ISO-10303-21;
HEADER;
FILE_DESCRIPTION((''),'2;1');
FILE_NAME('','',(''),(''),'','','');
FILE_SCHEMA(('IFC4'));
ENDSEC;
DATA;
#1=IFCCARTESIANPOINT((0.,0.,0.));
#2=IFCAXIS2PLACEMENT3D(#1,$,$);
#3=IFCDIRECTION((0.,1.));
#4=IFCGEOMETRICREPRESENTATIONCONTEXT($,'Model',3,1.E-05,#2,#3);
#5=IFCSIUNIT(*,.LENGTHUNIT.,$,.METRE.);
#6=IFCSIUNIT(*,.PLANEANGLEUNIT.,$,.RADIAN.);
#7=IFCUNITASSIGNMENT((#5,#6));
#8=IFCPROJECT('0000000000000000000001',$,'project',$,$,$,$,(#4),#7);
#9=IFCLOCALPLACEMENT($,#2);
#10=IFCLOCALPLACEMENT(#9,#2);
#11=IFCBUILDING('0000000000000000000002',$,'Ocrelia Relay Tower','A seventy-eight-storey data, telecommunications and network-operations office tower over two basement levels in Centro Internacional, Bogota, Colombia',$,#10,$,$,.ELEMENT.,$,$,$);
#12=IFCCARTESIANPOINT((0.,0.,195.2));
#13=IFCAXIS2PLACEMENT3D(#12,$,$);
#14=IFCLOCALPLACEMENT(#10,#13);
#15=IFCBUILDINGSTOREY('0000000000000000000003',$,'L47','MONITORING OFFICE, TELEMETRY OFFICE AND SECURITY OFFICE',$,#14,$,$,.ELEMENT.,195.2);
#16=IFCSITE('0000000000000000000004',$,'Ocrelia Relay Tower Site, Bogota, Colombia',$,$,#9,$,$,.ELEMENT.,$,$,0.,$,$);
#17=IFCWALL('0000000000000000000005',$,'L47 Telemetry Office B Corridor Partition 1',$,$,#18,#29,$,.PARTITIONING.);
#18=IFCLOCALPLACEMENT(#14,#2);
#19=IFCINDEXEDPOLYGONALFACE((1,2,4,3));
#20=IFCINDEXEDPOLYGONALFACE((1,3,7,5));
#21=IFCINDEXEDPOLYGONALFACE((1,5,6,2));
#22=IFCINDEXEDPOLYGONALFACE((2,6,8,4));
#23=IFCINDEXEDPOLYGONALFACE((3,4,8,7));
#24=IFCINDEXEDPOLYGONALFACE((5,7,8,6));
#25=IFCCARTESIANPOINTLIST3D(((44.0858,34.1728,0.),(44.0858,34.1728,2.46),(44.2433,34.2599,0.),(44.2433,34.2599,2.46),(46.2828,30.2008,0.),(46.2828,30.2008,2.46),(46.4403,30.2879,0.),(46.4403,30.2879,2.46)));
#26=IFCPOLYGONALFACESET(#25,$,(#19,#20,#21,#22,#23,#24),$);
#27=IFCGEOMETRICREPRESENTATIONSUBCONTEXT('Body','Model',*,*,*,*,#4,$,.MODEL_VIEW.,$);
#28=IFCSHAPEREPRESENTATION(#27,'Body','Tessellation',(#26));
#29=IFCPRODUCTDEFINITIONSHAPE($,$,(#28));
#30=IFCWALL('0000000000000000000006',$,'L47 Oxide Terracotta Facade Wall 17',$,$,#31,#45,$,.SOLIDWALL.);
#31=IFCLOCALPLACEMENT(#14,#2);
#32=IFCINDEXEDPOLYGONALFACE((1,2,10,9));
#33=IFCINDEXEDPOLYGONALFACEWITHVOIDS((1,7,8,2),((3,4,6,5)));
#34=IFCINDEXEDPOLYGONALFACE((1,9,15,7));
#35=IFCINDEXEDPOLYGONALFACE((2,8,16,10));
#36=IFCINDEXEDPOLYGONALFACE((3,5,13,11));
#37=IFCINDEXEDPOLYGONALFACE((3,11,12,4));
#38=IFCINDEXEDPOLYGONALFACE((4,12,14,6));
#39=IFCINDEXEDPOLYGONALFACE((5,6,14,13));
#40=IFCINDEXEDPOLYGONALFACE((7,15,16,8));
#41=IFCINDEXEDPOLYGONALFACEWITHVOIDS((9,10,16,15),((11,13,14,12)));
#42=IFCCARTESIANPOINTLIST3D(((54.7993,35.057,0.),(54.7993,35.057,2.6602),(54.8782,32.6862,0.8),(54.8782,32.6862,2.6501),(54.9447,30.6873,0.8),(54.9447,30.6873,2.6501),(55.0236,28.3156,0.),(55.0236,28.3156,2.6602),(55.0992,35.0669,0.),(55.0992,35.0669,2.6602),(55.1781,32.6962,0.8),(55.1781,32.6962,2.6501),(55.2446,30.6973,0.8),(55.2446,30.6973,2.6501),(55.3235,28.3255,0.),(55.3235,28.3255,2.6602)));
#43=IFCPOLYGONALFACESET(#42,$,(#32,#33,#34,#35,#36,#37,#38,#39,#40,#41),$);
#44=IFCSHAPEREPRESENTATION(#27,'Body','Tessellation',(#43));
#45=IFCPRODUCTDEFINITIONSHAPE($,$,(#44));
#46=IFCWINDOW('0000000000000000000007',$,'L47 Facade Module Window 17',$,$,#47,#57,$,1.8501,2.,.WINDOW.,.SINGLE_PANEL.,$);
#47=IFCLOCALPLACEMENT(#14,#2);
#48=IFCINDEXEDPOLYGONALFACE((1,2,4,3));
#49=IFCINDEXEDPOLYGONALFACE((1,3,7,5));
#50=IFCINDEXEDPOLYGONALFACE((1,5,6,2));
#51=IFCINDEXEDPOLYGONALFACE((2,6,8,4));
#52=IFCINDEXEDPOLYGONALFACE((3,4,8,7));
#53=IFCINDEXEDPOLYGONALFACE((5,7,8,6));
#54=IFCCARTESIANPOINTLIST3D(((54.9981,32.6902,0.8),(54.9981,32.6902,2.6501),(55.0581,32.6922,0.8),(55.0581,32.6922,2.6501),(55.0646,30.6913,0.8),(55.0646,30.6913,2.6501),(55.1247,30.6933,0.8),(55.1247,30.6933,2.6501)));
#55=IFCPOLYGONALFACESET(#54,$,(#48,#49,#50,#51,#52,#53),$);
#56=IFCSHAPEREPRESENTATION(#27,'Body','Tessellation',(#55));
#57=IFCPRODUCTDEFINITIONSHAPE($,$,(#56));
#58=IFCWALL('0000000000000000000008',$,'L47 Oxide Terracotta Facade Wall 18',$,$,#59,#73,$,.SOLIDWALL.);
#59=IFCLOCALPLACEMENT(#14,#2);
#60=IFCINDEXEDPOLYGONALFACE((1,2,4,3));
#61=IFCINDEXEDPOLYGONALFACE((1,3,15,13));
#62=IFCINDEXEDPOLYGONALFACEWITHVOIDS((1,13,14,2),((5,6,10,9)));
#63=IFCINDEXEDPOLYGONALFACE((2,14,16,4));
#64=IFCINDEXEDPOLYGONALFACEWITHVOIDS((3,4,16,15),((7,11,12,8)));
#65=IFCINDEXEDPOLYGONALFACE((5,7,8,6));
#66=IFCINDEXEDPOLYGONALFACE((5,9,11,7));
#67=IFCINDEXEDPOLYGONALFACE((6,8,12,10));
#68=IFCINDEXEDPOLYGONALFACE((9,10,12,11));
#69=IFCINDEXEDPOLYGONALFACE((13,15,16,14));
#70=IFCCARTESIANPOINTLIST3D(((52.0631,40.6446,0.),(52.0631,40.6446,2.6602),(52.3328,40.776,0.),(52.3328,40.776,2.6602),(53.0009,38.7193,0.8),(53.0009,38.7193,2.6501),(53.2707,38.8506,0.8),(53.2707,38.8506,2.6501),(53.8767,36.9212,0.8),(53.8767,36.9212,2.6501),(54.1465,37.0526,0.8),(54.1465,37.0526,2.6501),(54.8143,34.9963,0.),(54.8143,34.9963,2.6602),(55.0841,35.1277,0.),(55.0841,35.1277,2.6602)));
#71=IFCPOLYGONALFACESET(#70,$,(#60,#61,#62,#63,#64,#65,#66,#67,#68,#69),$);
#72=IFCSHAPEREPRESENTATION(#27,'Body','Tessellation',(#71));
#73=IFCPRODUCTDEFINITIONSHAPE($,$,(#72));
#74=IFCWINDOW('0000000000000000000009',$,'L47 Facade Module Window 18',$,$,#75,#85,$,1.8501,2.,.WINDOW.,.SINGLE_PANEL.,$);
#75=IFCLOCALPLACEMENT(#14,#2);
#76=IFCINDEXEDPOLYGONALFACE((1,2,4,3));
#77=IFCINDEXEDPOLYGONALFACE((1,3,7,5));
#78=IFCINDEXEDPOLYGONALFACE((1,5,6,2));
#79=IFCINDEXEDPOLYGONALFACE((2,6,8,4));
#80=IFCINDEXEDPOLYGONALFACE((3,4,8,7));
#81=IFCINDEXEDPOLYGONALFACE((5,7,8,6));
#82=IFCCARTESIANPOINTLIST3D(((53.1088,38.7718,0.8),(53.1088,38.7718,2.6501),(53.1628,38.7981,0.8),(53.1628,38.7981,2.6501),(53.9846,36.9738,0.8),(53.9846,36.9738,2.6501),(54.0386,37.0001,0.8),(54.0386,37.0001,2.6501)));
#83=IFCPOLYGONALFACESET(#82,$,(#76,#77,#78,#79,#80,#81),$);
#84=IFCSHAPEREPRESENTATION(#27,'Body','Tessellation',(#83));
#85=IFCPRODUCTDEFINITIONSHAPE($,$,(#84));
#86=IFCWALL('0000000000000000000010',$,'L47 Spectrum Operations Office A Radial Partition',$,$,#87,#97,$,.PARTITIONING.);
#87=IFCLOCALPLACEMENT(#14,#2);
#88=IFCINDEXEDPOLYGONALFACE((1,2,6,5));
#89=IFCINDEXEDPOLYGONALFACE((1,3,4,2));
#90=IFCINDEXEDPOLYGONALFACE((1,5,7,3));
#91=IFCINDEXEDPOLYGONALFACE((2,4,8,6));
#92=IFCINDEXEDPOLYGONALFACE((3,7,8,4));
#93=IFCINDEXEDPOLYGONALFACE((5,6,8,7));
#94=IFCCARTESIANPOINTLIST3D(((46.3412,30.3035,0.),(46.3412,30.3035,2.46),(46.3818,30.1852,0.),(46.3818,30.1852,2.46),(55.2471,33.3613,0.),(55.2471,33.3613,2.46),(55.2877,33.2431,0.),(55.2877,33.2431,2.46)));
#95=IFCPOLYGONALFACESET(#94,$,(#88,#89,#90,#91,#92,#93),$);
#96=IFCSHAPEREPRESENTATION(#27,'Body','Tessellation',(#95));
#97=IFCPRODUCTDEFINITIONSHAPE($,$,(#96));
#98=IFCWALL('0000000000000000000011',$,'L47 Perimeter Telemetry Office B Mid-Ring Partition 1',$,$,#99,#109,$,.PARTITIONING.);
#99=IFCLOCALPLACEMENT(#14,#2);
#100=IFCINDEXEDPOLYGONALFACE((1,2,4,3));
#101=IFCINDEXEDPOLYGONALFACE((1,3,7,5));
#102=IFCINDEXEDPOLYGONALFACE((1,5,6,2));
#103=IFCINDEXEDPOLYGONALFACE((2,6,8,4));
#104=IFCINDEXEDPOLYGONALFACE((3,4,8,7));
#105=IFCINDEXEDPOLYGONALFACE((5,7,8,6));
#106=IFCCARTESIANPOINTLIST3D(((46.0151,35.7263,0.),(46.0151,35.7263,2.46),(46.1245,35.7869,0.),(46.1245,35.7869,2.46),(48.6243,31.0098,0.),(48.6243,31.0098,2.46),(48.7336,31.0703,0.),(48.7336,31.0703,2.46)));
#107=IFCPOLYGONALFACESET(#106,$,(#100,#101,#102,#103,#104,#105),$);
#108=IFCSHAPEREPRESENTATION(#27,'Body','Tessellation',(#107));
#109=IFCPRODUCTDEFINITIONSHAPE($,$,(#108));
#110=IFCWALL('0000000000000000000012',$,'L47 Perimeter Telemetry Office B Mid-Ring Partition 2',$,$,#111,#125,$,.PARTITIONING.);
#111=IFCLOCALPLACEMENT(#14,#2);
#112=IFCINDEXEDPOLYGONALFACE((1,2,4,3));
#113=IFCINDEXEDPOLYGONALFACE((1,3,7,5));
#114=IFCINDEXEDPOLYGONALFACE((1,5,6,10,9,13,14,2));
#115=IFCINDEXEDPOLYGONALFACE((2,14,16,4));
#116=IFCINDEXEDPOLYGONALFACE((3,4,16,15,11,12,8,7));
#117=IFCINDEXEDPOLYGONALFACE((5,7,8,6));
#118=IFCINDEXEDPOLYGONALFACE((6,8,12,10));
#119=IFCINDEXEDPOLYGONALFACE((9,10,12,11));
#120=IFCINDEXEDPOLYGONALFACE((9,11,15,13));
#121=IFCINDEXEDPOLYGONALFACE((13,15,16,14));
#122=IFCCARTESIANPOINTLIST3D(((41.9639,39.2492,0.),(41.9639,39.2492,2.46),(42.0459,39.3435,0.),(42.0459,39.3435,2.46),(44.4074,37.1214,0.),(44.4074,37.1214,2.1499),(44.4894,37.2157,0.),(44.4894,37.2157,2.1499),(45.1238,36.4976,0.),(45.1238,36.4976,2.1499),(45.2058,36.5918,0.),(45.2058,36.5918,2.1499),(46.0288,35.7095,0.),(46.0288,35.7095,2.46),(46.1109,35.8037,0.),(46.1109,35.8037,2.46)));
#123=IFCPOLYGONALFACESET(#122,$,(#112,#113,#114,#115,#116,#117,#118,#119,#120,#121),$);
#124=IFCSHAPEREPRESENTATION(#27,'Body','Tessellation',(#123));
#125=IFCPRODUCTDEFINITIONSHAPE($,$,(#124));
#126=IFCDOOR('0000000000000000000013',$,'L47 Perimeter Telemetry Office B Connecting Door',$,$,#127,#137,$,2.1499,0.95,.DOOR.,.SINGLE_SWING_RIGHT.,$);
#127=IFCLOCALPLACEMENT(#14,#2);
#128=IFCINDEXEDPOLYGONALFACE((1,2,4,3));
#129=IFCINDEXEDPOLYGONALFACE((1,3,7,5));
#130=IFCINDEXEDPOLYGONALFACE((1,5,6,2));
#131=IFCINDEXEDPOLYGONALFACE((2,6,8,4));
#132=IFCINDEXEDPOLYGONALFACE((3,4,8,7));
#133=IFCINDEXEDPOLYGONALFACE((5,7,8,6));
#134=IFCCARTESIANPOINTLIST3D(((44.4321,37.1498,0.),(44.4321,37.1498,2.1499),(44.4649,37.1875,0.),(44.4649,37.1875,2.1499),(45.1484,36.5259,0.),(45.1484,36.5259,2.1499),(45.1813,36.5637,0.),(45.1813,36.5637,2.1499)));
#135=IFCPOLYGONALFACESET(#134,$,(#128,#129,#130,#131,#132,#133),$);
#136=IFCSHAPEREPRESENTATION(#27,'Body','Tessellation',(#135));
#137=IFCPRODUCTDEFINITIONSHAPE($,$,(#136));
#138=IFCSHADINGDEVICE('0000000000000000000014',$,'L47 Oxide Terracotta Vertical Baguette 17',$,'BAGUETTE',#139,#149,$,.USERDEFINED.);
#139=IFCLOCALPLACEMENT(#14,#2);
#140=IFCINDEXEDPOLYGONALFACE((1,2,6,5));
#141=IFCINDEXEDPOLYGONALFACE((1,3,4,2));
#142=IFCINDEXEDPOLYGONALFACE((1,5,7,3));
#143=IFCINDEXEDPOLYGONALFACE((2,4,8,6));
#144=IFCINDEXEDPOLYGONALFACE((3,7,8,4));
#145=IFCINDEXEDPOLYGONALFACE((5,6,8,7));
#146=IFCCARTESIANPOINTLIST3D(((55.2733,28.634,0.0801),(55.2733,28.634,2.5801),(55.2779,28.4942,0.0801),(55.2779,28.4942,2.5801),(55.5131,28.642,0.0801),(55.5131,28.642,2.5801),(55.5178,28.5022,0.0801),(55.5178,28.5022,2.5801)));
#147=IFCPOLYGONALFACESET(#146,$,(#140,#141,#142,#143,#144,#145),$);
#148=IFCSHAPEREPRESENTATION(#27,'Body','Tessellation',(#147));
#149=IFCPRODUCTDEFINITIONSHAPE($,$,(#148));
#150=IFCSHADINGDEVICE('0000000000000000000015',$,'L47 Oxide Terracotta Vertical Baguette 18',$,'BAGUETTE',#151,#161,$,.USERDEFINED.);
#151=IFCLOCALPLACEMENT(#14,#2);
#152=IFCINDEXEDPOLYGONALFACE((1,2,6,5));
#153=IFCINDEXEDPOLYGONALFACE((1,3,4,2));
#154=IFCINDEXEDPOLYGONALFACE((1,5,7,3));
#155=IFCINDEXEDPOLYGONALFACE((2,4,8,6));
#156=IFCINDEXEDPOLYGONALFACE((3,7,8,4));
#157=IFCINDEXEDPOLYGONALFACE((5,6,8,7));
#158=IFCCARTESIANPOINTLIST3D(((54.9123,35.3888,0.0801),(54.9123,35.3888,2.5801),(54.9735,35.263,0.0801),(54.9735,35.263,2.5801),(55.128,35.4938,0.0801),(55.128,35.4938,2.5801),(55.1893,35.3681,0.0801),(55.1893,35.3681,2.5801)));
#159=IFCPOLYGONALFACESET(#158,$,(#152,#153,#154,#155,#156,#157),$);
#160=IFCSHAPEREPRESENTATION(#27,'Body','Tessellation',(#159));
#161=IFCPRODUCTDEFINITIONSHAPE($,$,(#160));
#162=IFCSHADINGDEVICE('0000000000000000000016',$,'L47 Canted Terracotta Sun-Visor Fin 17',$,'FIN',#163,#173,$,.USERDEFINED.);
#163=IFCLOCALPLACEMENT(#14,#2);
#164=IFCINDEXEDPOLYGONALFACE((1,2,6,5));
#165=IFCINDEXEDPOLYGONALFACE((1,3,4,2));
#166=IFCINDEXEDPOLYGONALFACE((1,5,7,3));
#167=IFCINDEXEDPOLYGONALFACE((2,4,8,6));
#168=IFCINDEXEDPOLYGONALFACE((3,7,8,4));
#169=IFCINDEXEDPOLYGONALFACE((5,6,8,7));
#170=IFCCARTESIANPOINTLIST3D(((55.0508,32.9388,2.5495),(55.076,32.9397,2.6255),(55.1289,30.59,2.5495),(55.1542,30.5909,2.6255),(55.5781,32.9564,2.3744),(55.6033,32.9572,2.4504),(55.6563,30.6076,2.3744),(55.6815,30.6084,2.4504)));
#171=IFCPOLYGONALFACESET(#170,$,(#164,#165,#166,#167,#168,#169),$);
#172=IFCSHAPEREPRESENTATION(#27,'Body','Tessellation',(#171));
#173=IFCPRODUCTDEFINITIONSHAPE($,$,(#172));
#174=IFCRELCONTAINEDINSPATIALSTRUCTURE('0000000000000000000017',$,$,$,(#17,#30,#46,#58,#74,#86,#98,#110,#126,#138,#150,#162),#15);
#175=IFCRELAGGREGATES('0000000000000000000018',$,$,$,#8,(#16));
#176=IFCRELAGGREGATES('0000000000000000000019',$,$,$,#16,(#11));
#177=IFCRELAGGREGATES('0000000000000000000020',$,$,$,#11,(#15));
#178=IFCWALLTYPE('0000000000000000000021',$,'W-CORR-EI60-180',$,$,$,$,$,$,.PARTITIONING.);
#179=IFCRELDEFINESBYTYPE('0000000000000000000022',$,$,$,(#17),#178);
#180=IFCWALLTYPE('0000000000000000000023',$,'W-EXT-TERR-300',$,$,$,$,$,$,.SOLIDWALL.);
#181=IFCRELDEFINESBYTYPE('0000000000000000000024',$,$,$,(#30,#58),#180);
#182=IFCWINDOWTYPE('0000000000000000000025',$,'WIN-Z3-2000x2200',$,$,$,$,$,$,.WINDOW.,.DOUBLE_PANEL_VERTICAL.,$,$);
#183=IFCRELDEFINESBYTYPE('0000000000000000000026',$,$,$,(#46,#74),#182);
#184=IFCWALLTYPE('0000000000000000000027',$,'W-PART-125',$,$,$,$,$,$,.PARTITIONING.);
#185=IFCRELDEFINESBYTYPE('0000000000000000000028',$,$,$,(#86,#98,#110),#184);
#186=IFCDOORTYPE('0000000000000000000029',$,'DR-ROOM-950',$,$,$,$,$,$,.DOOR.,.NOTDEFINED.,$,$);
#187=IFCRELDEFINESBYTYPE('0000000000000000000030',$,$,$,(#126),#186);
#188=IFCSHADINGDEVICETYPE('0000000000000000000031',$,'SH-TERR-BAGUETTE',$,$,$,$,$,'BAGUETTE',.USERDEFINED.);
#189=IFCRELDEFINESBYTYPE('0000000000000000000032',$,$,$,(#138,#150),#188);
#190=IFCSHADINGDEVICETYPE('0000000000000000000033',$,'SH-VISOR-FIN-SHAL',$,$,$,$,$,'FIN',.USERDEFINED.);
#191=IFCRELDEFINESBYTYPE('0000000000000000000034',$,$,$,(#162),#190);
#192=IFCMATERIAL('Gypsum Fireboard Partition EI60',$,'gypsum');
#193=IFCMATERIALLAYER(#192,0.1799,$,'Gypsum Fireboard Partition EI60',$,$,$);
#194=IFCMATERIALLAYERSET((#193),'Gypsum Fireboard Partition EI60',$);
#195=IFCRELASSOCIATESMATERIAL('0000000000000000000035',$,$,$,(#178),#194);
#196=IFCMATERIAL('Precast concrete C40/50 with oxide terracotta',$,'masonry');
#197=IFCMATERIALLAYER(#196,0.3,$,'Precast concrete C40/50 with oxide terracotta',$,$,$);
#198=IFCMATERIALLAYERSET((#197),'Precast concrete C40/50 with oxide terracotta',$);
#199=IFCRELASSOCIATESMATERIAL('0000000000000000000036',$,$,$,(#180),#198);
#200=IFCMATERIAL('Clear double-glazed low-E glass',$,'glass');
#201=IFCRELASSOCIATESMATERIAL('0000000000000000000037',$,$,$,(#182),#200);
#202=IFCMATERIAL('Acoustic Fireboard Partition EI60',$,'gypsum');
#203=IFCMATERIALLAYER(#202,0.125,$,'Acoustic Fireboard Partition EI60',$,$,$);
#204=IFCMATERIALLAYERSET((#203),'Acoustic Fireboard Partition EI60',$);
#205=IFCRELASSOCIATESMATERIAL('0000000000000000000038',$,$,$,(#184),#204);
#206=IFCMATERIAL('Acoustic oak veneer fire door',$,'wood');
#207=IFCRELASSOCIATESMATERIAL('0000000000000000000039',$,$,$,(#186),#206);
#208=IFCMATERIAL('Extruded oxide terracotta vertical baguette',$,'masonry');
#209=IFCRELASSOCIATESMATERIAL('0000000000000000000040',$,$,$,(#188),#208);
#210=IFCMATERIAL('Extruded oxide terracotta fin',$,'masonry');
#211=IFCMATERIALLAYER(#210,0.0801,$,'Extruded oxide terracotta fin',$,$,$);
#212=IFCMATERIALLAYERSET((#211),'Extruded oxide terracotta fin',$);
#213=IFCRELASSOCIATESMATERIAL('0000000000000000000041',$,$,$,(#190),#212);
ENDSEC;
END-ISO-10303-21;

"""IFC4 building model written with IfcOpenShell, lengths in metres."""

from ifc_helpers import new_model, si_unit, direction, frame, frame_2d, origin, origin_2d, place, context, subcontext, project, spatial, rectangle, extrude, material, layer, layer_set, type_object, element, fill, save


model = new_model("IFC4")

# Units and contexts
model_context = context("Model", 3, precision=1e-05, world=origin(), true_north=direction((0.0, 1.0)))
body_context = subcontext(model_context, "Body", "Model", "MODEL_VIEW")
ifc_project = project(units=[si_unit("LENGTHUNIT", "METRE"), si_unit("PLANEANGLEUNIT", "RADIAN")], contexts=[model_context])

# Site, building, storey
site_placement = place(None, origin())
site = spatial("IfcSite", under=ifc_project, at=site_placement, Name="Ocrelia Relay Tower Site, Bogota, Colombia", CompositionType="ELEMENT", RefElevation=0.0)
building_placement = place(site_placement, origin())
building = spatial("IfcBuilding", under=site, at=building_placement, Name="Ocrelia Relay Tower", Description="A seventy-eight-storey data, telecommunications and network-operations office tower over two basement levels in Centro Internacional, Bogota, Colombia", CompositionType="ELEMENT")
storey_placement = place(building_placement, frame((0.0, 0.0, 195.2)))
storey = spatial("IfcBuildingStorey", under=building, at=storey_placement, Name="L47", Description="MONITORING OFFICE, TELEMETRY OFFICE AND SECURITY OFFICE", CompositionType="ELEMENT", Elevation=195.2)

# Wall
ifc_material_1 = material(Name="Gypsum Fireboard Partition EI60", Category="gypsum")
ifc_layer_1 = layer(ifc_material_1, 0.1799, Name="Gypsum Fireboard Partition EI60")
ifc_layer_set_1 = layer_set([ifc_layer_1], Name="Gypsum Fireboard Partition EI60")
wall_type_1 = type_object("IfcWallType", Name="W-CORR-EI60-180", PredefinedType="PARTITIONING", material=ifc_layer_set_1)
wall_1_placement = place(storey_placement, frame((46.3616, 30.2444, 0.0), z_axis=(0.0, 0.0, 1.0), x_axis=(-0.484025, 0.875054, 0.0)))
element("IfcWall", 1, at=wall_1_placement, inside=storey, type_object=wall_type_1, Name="L47 Telemetry Office B Corridor Partition 1", PredefinedType="PARTITIONING", context=body_context, shape_type="SweptSolid", body=[
    extrude(rectangle(XDim=4.5391, YDim=0.1799, at=frame_2d((2.2695, 0.0))), origin(), (0.0, 0.0, 1.0), 2.46),
])

# Walls, openings, windows
ifc_material_2 = material(Name="Precast concrete C40/50 with oxide terracotta", Category="masonry")
ifc_layer_2 = layer(ifc_material_2, 0.3, Name="Precast concrete C40/50 with oxide terracotta")
ifc_layer_set_2 = layer_set([ifc_layer_2], Name="Precast concrete C40/50 with oxide terracotta")
wall_type_2 = type_object("IfcWallType", Name="W-EXT-TERR-300", PredefinedType="SOLIDWALL", material=ifc_layer_set_2)
wall_2_placement = place(storey_placement, frame((55.1736, 28.3206, 0.0), z_axis=(0.0, 0.0, 1.0), x_axis=(-0.033263, 0.999447, 0.0)))
wall_2 = element("IfcWall", 2, at=wall_2_placement, inside=storey, type_object=wall_type_2, Name="L47 Oxide Terracotta Facade Wall 17", PredefinedType="SOLIDWALL", context=body_context, shape_type="SweptSolid", body=[
    extrude(rectangle(XDim=6.7451, YDim=0.3, at=frame_2d((3.3726, 0.0))), origin(), (0.0, 0.0, 1.0), 2.6602),
])
opening_1_placement = place(wall_2_placement, frame((2.373, 0.0, 0.8)))
opening_1 = element("IfcOpeningElement", 3, at=opening_1_placement, cuts=wall_2, PredefinedType="OPENING", context=body_context, shape_type="SweptSolid", body=[
    extrude(rectangle(XDim=2.0, YDim=1.8501, at=frame_2d((1.0, 0.925))), frame((0.0, 0.1602, 0.0), z_axis=(0.0, -1.0, 0.0), x_axis=(1.0, 0.0, 0.0)), (0.0, 0.0, 1.0), 0.3201),
])
ifc_material_3 = material(Name="Clear double-glazed low-E glass", Category="glass")
window_type = type_object("IfcWindowType", Name="WIN-Z3-2000x2200", PartitioningType="DOUBLE_PANEL_VERTICAL", PredefinedType="WINDOW", material=ifc_material_3)
window_1_placement = place(opening_1_placement, origin())
window_1 = element("IfcWindow", 4, at=window_1_placement, inside=storey, type_object=window_type, Name="L47 Facade Module Window 17", OverallHeight=1.8501, OverallWidth=2.0, PartitioningType="SINGLE_PANEL", PredefinedType="WINDOW", context=body_context, shape_type="SweptSolid", body=[
    extrude(rectangle(XDim=2.0, YDim=1.8501, at=frame_2d((1.0, 0.925))), frame((0.0, 0.03, 0.0), z_axis=(0.0, -1.0, 0.0), x_axis=(1.0, 0.0, 0.0)), (0.0, 0.0, 1.0), 0.0601),
])
fill(opening_1, window_1)
wall_3_placement = place(storey_placement, frame((54.9492, 35.062, 0.0), z_axis=(0.0, 0.0, 1.0), x_axis=(-0.43791, 0.899019, 0.0)))
wall_3 = element("IfcWall", 5, at=wall_3_placement, inside=storey, type_object=wall_type_2, Name="L47 Oxide Terracotta Facade Wall 18", PredefinedType="SOLIDWALL", context=body_context, shape_type="SweptSolid", body=[
    extrude(rectangle(XDim=6.2827, YDim=0.3, at=frame_2d((3.1414, 0.0))), origin(), (0.0, 0.0, 1.0), 2.6602),
])
opening_2_placement = place(wall_3_placement, frame((2.1411, 0.0, 0.8)))
opening_2 = element("IfcOpeningElement", 6, at=opening_2_placement, cuts=wall_3, PredefinedType="OPENING", context=body_context, shape_type="SweptSolid", body=[
    extrude(rectangle(XDim=2.0, YDim=1.8501, at=frame_2d((1.0, 0.925))), frame((0.0, 0.1602, 0.0), z_axis=(0.0, -1.0, 0.0), x_axis=(1.0, 0.0, 0.0)), (0.0, 0.0, 1.0), 0.3201),
])
window_2_placement = place(opening_2_placement, origin())
window_2 = element("IfcWindow", 7, at=window_2_placement, inside=storey, type_object=window_type, Name="L47 Facade Module Window 18", OverallHeight=1.8501, OverallWidth=2.0, PartitioningType="SINGLE_PANEL", PredefinedType="WINDOW", context=body_context, shape_type="SweptSolid", body=[
    extrude(rectangle(XDim=2.0, YDim=1.8501, at=frame_2d((1.0, 0.925))), frame((0.0, 0.03, 0.0), z_axis=(0.0, -1.0, 0.0), x_axis=(1.0, 0.0, 0.0)), (0.0, 0.0, 1.0), 0.0601),
])
fill(opening_2, window_2)

# Walls
ifc_material_4 = material(Name="Acoustic Fireboard Partition EI60", Category="gypsum")
ifc_layer_3 = layer(ifc_material_4, 0.125, Name="Acoustic Fireboard Partition EI60")
ifc_layer_set_3 = layer_set([ifc_layer_3], Name="Acoustic Fireboard Partition EI60")
wall_type_3 = type_object("IfcWallType", Name="W-PART-125", PredefinedType="PARTITIONING", material=ifc_layer_set_3)
wall_4_placement = place(storey_placement, frame((46.3616, 30.2444, 0.0), z_axis=(0.0, 0.0, 1.0), x_axis=(0.945803, 0.32474, 0.0)))
element("IfcWall", 8, at=wall_4_placement, inside=storey, type_object=wall_type_3, Name="L47 Spectrum Operations Office A Radial Partition", PredefinedType="PARTITIONING", context=body_context, shape_type="SweptSolid", body=[
    extrude(rectangle(XDim=9.4163, YDim=0.125, at=frame_2d((4.708, 0.0))), origin(), (0.0, 0.0, 1.0), 2.46),
])
wall_5_placement = place(storey_placement, frame((48.679, 31.04, 0.0), z_axis=(0.0, 0.0, 1.0), x_axis=(-0.484058, 0.875036, 0.0)))
element("IfcWall", 9, at=wall_5_placement, inside=storey, type_object=wall_type_3, Name="L47 Perimeter Telemetry Office B Mid-Ring Partition 1", PredefinedType="PARTITIONING", context=body_context, shape_type="SweptSolid", body=[
    extrude(rectangle(XDim=5.3901, YDim=0.125, at=frame_2d((2.6951, 0.0))), origin(), (0.0, 0.0, 1.0), 2.46),
])

# Wall, opening, door
wall_6_placement = place(storey_placement, frame((46.0698, 35.7566, 0.0), z_axis=(0.0, 0.0, 1.0), x_axis=(-0.75414, 0.656713, 0.0)))
wall_6 = element("IfcWall", 10, at=wall_6_placement, inside=storey, type_object=wall_type_3, Name="L47 Perimeter Telemetry Office B Mid-Ring Partition 2", PredefinedType="PARTITIONING", context=body_context, shape_type="SweptSolid", body=[
    extrude(rectangle(XDim=5.3901, YDim=0.125, at=frame_2d((2.6951, 0.0))), origin(), (0.0, 0.0, 1.0), 2.46),
])
opening_3_placement = place(wall_6_placement, frame((1.2, 0.0, 0.0)))
opening_3 = element("IfcOpeningElement", 11, at=opening_3_placement, cuts=wall_6, PredefinedType="OPENING", context=body_context, shape_type="SweptSolid", body=[
    extrude(rectangle(XDim=0.95, YDim=2.1499, at=frame_2d((0.4751, 1.075))), frame((0.0, 0.0725, 0.0), z_axis=(0.0, -1.0, 0.0), x_axis=(1.0, 0.0, 0.0)), (0.0, 0.0, 1.0), 0.145),
])
ifc_material_5 = material(Name="Acoustic oak veneer fire door", Category="wood")
door_type = type_object("IfcDoorType", Name="DR-ROOM-950", OperationType="NOTDEFINED", PredefinedType="DOOR", material=ifc_material_5)
door_placement = place(opening_3_placement, origin())
door = element("IfcDoor", 12, at=door_placement, inside=storey, type_object=door_type, Name="L47 Perimeter Telemetry Office B Connecting Door", OperationType="SINGLE_SWING_RIGHT", OverallHeight=2.1499, OverallWidth=0.95, PredefinedType="DOOR", context=body_context, shape_type="SweptSolid", body=[
    extrude(rectangle(XDim=0.95, YDim=2.1499, at=frame_2d((0.4751, 1.075))), frame((0.0, 0.0249, 0.0), z_axis=(0.0, -1.0, 0.0), x_axis=(1.0, 0.0, 0.0)), (0.0, 0.0, 1.0), 0.05),
])
fill(opening_3, door)

# Shading devices
ifc_material_6 = material(Name="Extruded oxide terracotta vertical baguette", Category="masonry")
shading_device_type_1 = type_object("IfcShadingDeviceType", Name="SH-TERR-BAGUETTE", ElementType="BAGUETTE", PredefinedType="USERDEFINED", material=ifc_material_6)
for number, where, z_axis, x_axis, name in (
    (13, (55.3955, 28.5681, 0.0801), (0.0, 0.0, 1.0), (-0.033269, 0.999446, 0.0), "L47 Oxide Terracotta Vertical Baguette 17"),
    (14, (55.0508, 35.3784, 0.0801), (0.0, 0.0, 1.0), (-0.437888, 0.89903, 0.0), "L47 Oxide Terracotta Vertical Baguette 18"),
):
    element("IfcShadingDevice", number, at=place(storey_placement, frame(where, z_axis=z_axis, x_axis=x_axis)), inside=storey, type_object=shading_device_type_1, Name=name, ObjectType="BAGUETTE", PredefinedType="USERDEFINED", context=body_context, shape_type="SweptSolid", body=[
        extrude(rectangle(XDim=0.1399, YDim=0.24, at=origin_2d()), origin(), (0.0, 0.0, 1.0), 2.5),
    ])
ifc_material_7 = material(Name="Extruded oxide terracotta fin", Category="masonry")
ifc_layer_4 = layer(ifc_material_7, 0.0801, Name="Extruded oxide terracotta fin")
ifc_layer_set_4 = layer_set([ifc_layer_4], Name="Extruded oxide terracotta fin")
shading_device_type_2 = type_object("IfcShadingDeviceType", Name="SH-VISOR-FIN-SHAL", ElementType="FIN", PredefinedType="USERDEFINED", material=ifc_layer_set_4)
shading_device_placement = place(storey_placement, frame((55.3535, 31.7732, 2.4619), z_axis=(0.314812, 0.010479, 0.949096), x_axis=(-0.033269, 0.999446, 0.0)))
element("IfcShadingDevice", 15, at=shading_device_placement, inside=storey, type_object=shading_device_type_2, Name="L47 Canted Terracotta Sun-Visor Fin 17", ObjectType="FIN", PredefinedType="USERDEFINED", context=body_context, shape_type="SweptSolid", body=[
    extrude(rectangle(XDim=2.3501, YDim=0.5559, at=origin_2d()), origin(), (0.0, 0.0, 1.0), 0.0801),
])

save(model, "model.ifc")
